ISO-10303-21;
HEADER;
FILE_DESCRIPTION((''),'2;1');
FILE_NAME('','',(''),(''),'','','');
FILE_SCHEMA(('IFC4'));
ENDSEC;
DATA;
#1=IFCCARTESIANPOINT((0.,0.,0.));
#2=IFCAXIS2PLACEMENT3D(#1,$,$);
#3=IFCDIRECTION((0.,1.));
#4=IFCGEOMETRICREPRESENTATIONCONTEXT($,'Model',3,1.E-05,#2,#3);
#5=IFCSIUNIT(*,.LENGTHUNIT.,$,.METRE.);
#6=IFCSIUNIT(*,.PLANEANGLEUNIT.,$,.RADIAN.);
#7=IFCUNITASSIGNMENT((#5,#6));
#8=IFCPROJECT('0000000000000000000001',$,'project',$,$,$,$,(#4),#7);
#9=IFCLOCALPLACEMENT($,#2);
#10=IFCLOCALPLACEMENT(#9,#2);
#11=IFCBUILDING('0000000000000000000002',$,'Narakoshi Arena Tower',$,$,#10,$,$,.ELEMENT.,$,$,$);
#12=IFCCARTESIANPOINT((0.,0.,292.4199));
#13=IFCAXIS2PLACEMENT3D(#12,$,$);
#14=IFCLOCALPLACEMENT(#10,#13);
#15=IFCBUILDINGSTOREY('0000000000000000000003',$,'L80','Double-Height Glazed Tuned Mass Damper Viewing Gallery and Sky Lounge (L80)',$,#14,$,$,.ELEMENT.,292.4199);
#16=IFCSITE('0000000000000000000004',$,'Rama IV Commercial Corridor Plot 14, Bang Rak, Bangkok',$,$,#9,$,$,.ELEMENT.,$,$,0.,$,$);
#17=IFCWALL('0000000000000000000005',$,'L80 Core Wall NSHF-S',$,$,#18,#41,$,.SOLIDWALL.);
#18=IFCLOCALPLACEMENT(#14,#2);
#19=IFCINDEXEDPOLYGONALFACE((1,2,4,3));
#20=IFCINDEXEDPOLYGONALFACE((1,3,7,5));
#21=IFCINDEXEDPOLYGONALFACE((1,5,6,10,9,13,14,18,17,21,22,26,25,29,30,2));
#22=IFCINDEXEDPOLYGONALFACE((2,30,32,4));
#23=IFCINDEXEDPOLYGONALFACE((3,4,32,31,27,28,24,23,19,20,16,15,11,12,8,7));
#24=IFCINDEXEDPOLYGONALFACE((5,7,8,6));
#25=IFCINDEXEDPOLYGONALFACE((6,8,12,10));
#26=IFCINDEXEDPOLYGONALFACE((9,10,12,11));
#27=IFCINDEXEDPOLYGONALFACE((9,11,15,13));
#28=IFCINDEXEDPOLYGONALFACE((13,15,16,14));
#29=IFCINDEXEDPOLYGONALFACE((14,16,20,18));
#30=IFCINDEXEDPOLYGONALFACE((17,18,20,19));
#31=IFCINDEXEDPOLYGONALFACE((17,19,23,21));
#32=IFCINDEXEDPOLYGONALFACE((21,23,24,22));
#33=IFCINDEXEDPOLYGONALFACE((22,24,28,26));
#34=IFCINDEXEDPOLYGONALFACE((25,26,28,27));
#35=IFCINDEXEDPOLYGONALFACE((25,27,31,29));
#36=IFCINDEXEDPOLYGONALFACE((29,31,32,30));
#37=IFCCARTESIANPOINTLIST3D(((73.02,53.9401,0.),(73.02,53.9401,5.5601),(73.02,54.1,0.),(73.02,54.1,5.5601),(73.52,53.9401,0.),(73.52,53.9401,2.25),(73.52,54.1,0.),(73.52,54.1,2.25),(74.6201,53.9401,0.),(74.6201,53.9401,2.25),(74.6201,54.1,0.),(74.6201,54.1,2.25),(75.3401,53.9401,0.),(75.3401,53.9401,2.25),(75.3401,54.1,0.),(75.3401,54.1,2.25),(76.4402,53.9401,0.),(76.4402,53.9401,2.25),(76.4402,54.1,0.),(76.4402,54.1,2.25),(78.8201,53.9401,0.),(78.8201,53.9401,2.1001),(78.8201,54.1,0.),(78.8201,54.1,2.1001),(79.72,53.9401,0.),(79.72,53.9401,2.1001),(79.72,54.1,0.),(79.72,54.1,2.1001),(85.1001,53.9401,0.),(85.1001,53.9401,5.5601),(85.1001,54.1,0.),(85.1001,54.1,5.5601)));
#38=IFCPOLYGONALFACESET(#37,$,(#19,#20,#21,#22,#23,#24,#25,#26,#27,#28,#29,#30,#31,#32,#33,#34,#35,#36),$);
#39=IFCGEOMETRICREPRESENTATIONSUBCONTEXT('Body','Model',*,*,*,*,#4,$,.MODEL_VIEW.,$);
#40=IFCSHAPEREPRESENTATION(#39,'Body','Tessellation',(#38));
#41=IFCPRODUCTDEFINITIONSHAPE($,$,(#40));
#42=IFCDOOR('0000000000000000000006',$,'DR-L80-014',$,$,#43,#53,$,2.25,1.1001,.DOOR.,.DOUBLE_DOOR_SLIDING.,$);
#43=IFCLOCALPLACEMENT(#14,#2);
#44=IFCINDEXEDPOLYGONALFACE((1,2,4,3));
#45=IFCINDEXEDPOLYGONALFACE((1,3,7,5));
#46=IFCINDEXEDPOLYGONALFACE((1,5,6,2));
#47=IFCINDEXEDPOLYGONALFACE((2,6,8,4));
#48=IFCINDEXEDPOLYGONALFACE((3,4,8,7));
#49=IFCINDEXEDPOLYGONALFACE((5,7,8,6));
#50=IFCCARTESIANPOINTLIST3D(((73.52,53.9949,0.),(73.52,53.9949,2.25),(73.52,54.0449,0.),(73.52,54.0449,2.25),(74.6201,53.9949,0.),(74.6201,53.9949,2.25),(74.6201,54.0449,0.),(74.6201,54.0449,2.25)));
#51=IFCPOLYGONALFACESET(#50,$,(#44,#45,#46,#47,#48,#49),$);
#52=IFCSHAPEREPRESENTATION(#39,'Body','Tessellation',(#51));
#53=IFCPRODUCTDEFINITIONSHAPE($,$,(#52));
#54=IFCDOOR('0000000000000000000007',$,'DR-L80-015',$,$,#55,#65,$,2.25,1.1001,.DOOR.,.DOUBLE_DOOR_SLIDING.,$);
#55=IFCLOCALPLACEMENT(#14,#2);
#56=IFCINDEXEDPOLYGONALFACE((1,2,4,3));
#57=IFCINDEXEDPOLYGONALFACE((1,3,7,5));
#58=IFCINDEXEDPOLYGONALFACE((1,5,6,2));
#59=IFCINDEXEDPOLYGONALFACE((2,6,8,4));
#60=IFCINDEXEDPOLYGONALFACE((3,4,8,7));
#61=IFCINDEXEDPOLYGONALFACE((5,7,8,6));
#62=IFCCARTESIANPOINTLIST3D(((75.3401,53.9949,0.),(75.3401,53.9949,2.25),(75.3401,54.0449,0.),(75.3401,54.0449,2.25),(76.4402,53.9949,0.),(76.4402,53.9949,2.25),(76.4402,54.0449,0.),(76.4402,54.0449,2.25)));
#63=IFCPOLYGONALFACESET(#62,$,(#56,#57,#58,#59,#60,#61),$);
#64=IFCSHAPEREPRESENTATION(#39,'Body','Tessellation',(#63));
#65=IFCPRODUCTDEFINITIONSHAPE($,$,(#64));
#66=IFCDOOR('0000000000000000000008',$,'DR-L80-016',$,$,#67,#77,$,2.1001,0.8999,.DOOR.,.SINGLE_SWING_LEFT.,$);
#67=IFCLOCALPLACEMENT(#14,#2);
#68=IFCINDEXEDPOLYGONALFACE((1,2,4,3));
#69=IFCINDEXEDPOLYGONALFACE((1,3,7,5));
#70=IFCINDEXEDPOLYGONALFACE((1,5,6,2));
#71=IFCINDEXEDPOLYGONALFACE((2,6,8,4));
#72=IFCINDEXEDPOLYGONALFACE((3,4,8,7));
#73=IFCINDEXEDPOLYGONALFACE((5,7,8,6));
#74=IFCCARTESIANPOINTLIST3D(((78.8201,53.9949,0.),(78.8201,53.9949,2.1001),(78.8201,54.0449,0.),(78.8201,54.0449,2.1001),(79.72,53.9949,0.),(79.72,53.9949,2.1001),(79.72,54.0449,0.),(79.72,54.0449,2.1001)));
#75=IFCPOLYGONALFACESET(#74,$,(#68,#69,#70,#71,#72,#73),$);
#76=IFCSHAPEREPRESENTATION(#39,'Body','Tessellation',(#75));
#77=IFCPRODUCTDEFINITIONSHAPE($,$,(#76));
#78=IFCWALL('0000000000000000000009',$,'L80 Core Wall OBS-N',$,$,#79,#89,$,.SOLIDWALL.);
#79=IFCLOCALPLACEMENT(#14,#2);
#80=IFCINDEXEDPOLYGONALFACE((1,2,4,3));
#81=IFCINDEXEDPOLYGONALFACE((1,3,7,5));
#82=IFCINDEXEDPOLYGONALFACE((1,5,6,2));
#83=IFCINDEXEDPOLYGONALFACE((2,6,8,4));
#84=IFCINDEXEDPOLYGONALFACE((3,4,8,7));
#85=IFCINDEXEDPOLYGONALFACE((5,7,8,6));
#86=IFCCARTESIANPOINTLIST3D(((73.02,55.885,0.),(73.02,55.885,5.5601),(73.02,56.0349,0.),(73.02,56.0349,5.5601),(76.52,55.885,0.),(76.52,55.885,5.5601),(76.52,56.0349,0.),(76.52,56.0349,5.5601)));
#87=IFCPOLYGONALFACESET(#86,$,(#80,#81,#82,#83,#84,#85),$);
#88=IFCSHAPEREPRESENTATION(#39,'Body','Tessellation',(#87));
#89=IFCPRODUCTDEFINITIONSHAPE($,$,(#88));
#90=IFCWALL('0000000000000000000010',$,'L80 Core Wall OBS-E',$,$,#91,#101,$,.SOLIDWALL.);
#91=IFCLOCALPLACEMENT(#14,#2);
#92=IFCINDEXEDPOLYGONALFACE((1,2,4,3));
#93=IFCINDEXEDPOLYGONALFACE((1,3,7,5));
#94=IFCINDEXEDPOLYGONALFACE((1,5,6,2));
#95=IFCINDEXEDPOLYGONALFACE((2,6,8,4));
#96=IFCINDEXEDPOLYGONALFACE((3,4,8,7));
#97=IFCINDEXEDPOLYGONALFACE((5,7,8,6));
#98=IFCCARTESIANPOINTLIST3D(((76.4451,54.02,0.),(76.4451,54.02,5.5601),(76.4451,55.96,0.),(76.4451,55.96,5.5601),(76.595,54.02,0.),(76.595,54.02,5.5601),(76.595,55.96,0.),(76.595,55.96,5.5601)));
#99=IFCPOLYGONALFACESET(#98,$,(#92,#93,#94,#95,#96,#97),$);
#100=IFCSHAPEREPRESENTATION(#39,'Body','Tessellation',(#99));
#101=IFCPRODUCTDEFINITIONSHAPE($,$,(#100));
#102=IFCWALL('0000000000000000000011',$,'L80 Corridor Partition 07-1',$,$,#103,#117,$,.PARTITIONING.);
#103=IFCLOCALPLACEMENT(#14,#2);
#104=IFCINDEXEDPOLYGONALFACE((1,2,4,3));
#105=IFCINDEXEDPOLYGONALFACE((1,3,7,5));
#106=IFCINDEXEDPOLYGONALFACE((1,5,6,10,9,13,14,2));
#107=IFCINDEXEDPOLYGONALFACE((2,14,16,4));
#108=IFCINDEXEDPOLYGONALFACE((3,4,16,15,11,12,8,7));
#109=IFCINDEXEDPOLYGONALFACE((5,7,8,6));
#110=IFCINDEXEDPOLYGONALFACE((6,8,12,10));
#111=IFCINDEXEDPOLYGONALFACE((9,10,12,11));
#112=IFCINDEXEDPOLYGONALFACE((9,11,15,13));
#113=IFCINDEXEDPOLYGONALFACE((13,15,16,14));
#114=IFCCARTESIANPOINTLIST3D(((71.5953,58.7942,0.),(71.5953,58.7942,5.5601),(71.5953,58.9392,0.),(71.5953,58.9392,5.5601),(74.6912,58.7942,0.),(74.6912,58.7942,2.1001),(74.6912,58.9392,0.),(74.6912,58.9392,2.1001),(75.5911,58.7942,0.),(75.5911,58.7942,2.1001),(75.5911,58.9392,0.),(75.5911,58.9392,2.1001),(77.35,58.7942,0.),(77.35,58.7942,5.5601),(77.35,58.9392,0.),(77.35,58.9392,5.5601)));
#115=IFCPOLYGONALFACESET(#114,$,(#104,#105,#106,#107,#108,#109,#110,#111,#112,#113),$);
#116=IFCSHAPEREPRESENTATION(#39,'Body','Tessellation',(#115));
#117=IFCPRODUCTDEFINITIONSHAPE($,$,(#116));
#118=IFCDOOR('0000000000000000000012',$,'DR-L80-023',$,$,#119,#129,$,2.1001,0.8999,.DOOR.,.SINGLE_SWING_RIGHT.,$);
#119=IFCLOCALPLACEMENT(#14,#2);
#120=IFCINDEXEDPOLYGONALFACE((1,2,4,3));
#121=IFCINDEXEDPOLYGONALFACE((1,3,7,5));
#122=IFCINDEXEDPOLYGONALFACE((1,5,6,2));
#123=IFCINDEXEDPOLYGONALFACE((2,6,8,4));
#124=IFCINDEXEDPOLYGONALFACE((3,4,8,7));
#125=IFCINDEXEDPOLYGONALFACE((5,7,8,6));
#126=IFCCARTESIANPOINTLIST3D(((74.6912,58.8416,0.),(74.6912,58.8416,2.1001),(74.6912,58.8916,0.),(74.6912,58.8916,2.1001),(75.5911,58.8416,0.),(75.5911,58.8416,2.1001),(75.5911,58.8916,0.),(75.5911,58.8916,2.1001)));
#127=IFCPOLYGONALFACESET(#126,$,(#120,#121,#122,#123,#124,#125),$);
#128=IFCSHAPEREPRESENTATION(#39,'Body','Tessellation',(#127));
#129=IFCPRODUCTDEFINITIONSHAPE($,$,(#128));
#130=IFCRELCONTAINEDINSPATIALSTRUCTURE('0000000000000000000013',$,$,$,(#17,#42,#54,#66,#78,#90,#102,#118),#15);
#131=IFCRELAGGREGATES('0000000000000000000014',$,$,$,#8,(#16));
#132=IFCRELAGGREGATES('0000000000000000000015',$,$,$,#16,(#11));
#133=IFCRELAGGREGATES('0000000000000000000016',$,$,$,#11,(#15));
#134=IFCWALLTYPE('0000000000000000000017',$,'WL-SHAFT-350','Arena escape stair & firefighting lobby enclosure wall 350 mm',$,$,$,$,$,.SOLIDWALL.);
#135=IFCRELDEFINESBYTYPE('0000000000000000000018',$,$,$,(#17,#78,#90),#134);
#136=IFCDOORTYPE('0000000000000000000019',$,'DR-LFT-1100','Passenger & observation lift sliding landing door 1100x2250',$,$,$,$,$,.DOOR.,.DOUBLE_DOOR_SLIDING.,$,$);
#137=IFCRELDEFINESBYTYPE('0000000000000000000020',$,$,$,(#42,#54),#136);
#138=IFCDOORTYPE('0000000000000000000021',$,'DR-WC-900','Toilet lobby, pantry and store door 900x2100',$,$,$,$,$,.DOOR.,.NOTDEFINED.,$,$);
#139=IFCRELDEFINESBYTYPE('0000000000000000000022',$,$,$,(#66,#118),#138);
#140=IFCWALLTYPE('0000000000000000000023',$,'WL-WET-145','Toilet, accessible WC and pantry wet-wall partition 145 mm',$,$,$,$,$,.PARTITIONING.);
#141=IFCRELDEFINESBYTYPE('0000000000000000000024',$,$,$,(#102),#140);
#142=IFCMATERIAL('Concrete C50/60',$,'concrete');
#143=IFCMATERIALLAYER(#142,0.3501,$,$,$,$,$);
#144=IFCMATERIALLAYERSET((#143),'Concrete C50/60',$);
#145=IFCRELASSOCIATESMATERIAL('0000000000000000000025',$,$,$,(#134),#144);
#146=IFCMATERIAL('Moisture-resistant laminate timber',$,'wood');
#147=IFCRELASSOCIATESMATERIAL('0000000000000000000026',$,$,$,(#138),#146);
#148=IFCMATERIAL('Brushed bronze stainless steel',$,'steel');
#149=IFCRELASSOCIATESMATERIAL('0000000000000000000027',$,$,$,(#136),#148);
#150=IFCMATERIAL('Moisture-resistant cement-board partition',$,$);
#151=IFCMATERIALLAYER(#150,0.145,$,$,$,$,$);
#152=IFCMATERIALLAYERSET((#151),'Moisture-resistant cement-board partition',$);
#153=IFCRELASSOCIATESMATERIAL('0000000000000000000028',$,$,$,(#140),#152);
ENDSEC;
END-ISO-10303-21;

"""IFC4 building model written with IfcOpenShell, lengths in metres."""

from ifc_helpers import new_model, si_unit, direction, frame, frame_2d, origin, place, context, subcontext, project, spatial, rectangle, extrude, material, layer, layer_set, type_object, element, fill, save


model = new_model("IFC4")

# Units and contexts
model_context = context("Model", 3, precision=1e-05, world=origin(), true_north=direction((0.0, 1.0)))
body_context = subcontext(model_context, "Body", "Model", "MODEL_VIEW")
ifc_project = project(units=[si_unit("LENGTHUNIT", "METRE"), si_unit("PLANEANGLEUNIT", "RADIAN")], contexts=[model_context])

# Site, building, storey
site_placement = place(None, origin())
site = spatial("IfcSite", under=ifc_project, at=site_placement, Name="Rama IV Commercial Corridor Plot 14, Bang Rak, Bangkok", CompositionType="ELEMENT", RefElevation=0.0)
building_placement = place(site_placement, origin())
building = spatial("IfcBuilding", under=site, at=building_placement, Name="Narakoshi Arena Tower", CompositionType="ELEMENT")
storey_placement = place(building_placement, frame((0.0, 0.0, 292.4199)))
storey = spatial("IfcBuildingStorey", under=building, at=storey_placement, Name="L80", Description="Double-Height Glazed Tuned Mass Damper Viewing Gallery and Sky Lounge (L80)", CompositionType="ELEMENT", Elevation=292.4199)

# Shared definitions
ifc_material_1 = material(Name="Concrete C50/60", Category="concrete")
ifc_layer_1 = layer(ifc_material_1, 0.3501)
ifc_layer_set_1 = layer_set([ifc_layer_1], Name="Concrete C50/60")
wall_type_1 = type_object("IfcWallType", Name="WL-SHAFT-350", Description="Arena escape stair & firefighting lobby enclosure wall 350 mm", PredefinedType="SOLIDWALL", material=ifc_layer_set_1)

# Shared definitions
ifc_material_2 = material(Name="Moisture-resistant laminate timber", Category="wood")
door_type_1 = type_object("IfcDoorType", Name="DR-WC-900", Description="Toilet lobby, pantry and store door 900x2100", OperationType="NOTDEFINED", PredefinedType="DOOR", material=ifc_material_2)

# Wall, openings, doors
wall_1_placement = place(storey_placement, frame((73.02, 54.02, 0.0), z_axis=(0.0, 0.0, 1.0), x_axis=(1.0, 0.0, 0.0)))
wall_1 = element("IfcWall", 1, at=wall_1_placement, inside=storey, type_object=wall_type_1, Name="L80 Core Wall NSHF-S", PredefinedType="SOLIDWALL", context=body_context, shape_type="SweptSolid", body=[
    extrude(rectangle(XDim=12.0801, YDim=0.1599, at=frame_2d((6.04, 0.0))), origin(), (0.0, 0.0, 1.0), 5.5601),
])
opening_1_placement = place(wall_1_placement, frame((0.5, 0.0, 0.0)))
opening_1 = element("IfcOpeningElement", 2, at=opening_1_placement, cuts=wall_1, PredefinedType="OPENING", context=body_context, shape_type="SweptSolid", body=[
    extrude(rectangle(XDim=1.1001, YDim=2.25, at=frame_2d((0.55, 1.125))), frame((0.0, 0.0898, 0.0), z_axis=(0.0, -1.0, 0.0), x_axis=(1.0, 0.0, 0.0)), (0.0, 0.0, 1.0), 0.1799),
])
opening_2_placement = place(wall_1_placement, frame((2.3201, 0.0, 0.0)))
opening_2 = element("IfcOpeningElement", 3, at=opening_2_placement, cuts=wall_1, PredefinedType="OPENING", context=body_context, shape_type="SweptSolid", body=[
    extrude(rectangle(XDim=1.1001, YDim=2.25, at=frame_2d((0.55, 1.125))), frame((0.0, 0.0898, 0.0), z_axis=(0.0, -1.0, 0.0), x_axis=(1.0, 0.0, 0.0)), (0.0, 0.0, 1.0), 0.1799),
])
opening_3_placement = place(wall_1_placement, frame((5.8, 0.0, 0.0)))
opening_3 = element("IfcOpeningElement", 4, at=opening_3_placement, cuts=wall_1, PredefinedType="OPENING", context=body_context, shape_type="SweptSolid", body=[
    extrude(rectangle(XDim=0.8999, YDim=2.1001, at=frame_2d((0.45, 1.05))), frame((0.0, 0.0898, 0.0), z_axis=(0.0, -1.0, 0.0), x_axis=(1.0, 0.0, 0.0)), (0.0, 0.0, 1.0), 0.1799),
])
ifc_material_3 = material(Name="Brushed bronze stainless steel", Category="steel")
door_type_2 = type_object("IfcDoorType", Name="DR-LFT-1100", Description="Passenger & observation lift sliding landing door 1100x2250", OperationType="DOUBLE_DOOR_SLIDING", PredefinedType="DOOR", material=ifc_material_3)
door_1_placement = place(opening_1_placement, origin())
door_1 = element("IfcDoor", 5, at=door_1_placement, inside=storey, type_object=door_type_2, Name="DR-L80-014", OperationType="DOUBLE_DOOR_SLIDING", OverallHeight=2.25, OverallWidth=1.1001, PredefinedType="DOOR", context=body_context, shape_type="SweptSolid", body=[
    extrude(rectangle(XDim=1.1001, YDim=2.25, at=frame_2d((0.55, 1.125))), frame((0.0, 0.0249, 0.0), z_axis=(0.0, -1.0, 0.0), x_axis=(1.0, 0.0, 0.0)), (0.0, 0.0, 1.0), 0.05),
])
fill(opening_1, door_1)
door_2_placement = place(opening_2_placement, origin())
door_2 = element("IfcDoor", 6, at=door_2_placement, inside=storey, type_object=door_type_2, Name="DR-L80-015", OperationType="DOUBLE_DOOR_SLIDING", OverallHeight=2.25, OverallWidth=1.1001, PredefinedType="DOOR", context=body_context, shape_type="SweptSolid", body=[
    extrude(rectangle(XDim=1.1001, YDim=2.25, at=frame_2d((0.55, 1.125))), frame((0.0, 0.0249, 0.0), z_axis=(0.0, -1.0, 0.0), x_axis=(1.0, 0.0, 0.0)), (0.0, 0.0, 1.0), 0.05),
])
fill(opening_2, door_2)
door_3_placement = place(opening_3_placement, origin())
door_3 = element("IfcDoor", 7, at=door_3_placement, inside=storey, type_object=door_type_1, Name="DR-L80-016", OperationType="SINGLE_SWING_LEFT", OverallHeight=2.1001, OverallWidth=0.8999, PredefinedType="DOOR", context=body_context, shape_type="SweptSolid", body=[
    extrude(rectangle(XDim=0.8999, YDim=2.1001, at=frame_2d((0.45, 1.05))), frame((0.0, 0.0249, 0.0), z_axis=(0.0, -1.0, 0.0), x_axis=(1.0, 0.0, 0.0)), (0.0, 0.0, 1.0), 0.05),
])
fill(opening_3, door_3)

# Walls
wall_2_placement = place(storey_placement, frame((73.02, 55.96, 0.0), z_axis=(0.0, 0.0, 1.0), x_axis=(1.0, 0.0, 0.0)))
element("IfcWall", 8, at=wall_2_placement, inside=storey, type_object=wall_type_1, Name="L80 Core Wall OBS-N", PredefinedType="SOLIDWALL", context=body_context, shape_type="SweptSolid", body=[
    extrude(rectangle(XDim=3.5, YDim=0.1499, at=frame_2d((1.75, 0.0))), origin(), (0.0, 0.0, 1.0), 5.5601),
])
wall_3_placement = place(storey_placement, frame((76.52, 54.02, 0.0), z_axis=(0.0, 0.0, 1.0), x_axis=(0.0, 1.0, 0.0)))
element("IfcWall", 9, at=wall_3_placement, inside=storey, type_object=wall_type_1, Name="L80 Core Wall OBS-E", PredefinedType="SOLIDWALL", context=body_context, shape_type="SweptSolid", body=[
    extrude(rectangle(XDim=1.9399, YDim=0.1499, at=frame_2d((0.97, 0.0))), origin(), (0.0, 0.0, 1.0), 5.5601),
])

# Wall, opening, door
ifc_material_4 = material(Name="Moisture-resistant cement-board partition")
ifc_layer_2 = layer(ifc_material_4, 0.145)
ifc_layer_set_2 = layer_set([ifc_layer_2], Name="Moisture-resistant cement-board partition")
wall_type_2 = type_object("IfcWallType", Name="WL-WET-145", Description="Toilet, accessible WC and pantry wet-wall partition 145 mm", PredefinedType="PARTITIONING", material=ifc_layer_set_2)
wall_4_placement = place(storey_placement, frame((77.3501, 58.8667, 0.0), z_axis=(0.0, 0.0, 1.0), x_axis=(-1.0, 0.0, 0.0)))
wall_4 = element("IfcWall", 10, at=wall_4_placement, inside=storey, type_object=wall_type_2, Name="L80 Corridor Partition 07-1", PredefinedType="PARTITIONING", context=body_context, shape_type="SweptSolid", body=[
    extrude(rectangle(XDim=5.7546, YDim=0.145, at=frame_2d((2.8774, 0.0))), origin(), (0.0, 0.0, 1.0), 5.5601),
])
opening_4_placement = place(wall_4_placement, frame((1.759, 0.0, 0.0)))
opening_4 = element("IfcOpeningElement", 11, at=opening_4_placement, cuts=wall_4, PredefinedType="OPENING", context=body_context, shape_type="SweptSolid", body=[
    extrude(rectangle(XDim=0.8999, YDim=2.1001, at=frame_2d((0.45, 1.05))), frame((0.0, 0.0825, 0.0), z_axis=(0.0, -1.0, 0.0), x_axis=(1.0, 0.0, 0.0)), (0.0, 0.0, 1.0), 0.165),
])
door_4_placement = place(opening_4_placement, frame((0.8999, 0.0, 0.0), z_axis=(0.0, 0.0, 1.0), x_axis=(-1.0, 0.0, 0.0)))
door_4 = element("IfcDoor", 12, at=door_4_placement, inside=storey, type_object=door_type_1, Name="DR-L80-023", OperationType="SINGLE_SWING_RIGHT", OverallHeight=2.1001, OverallWidth=0.8999, PredefinedType="DOOR", context=body_context, shape_type="SweptSolid", body=[
    extrude(rectangle(XDim=0.8999, YDim=2.1001, at=frame_2d((0.45, 1.05))), frame((0.0, 0.0249, 0.0), z_axis=(0.0, -1.0, 0.0), x_axis=(1.0, 0.0, 0.0)), (0.0, 0.0, 1.0), 0.05),
])
fill(opening_4, door_4)

save(model, "model.ifc")
